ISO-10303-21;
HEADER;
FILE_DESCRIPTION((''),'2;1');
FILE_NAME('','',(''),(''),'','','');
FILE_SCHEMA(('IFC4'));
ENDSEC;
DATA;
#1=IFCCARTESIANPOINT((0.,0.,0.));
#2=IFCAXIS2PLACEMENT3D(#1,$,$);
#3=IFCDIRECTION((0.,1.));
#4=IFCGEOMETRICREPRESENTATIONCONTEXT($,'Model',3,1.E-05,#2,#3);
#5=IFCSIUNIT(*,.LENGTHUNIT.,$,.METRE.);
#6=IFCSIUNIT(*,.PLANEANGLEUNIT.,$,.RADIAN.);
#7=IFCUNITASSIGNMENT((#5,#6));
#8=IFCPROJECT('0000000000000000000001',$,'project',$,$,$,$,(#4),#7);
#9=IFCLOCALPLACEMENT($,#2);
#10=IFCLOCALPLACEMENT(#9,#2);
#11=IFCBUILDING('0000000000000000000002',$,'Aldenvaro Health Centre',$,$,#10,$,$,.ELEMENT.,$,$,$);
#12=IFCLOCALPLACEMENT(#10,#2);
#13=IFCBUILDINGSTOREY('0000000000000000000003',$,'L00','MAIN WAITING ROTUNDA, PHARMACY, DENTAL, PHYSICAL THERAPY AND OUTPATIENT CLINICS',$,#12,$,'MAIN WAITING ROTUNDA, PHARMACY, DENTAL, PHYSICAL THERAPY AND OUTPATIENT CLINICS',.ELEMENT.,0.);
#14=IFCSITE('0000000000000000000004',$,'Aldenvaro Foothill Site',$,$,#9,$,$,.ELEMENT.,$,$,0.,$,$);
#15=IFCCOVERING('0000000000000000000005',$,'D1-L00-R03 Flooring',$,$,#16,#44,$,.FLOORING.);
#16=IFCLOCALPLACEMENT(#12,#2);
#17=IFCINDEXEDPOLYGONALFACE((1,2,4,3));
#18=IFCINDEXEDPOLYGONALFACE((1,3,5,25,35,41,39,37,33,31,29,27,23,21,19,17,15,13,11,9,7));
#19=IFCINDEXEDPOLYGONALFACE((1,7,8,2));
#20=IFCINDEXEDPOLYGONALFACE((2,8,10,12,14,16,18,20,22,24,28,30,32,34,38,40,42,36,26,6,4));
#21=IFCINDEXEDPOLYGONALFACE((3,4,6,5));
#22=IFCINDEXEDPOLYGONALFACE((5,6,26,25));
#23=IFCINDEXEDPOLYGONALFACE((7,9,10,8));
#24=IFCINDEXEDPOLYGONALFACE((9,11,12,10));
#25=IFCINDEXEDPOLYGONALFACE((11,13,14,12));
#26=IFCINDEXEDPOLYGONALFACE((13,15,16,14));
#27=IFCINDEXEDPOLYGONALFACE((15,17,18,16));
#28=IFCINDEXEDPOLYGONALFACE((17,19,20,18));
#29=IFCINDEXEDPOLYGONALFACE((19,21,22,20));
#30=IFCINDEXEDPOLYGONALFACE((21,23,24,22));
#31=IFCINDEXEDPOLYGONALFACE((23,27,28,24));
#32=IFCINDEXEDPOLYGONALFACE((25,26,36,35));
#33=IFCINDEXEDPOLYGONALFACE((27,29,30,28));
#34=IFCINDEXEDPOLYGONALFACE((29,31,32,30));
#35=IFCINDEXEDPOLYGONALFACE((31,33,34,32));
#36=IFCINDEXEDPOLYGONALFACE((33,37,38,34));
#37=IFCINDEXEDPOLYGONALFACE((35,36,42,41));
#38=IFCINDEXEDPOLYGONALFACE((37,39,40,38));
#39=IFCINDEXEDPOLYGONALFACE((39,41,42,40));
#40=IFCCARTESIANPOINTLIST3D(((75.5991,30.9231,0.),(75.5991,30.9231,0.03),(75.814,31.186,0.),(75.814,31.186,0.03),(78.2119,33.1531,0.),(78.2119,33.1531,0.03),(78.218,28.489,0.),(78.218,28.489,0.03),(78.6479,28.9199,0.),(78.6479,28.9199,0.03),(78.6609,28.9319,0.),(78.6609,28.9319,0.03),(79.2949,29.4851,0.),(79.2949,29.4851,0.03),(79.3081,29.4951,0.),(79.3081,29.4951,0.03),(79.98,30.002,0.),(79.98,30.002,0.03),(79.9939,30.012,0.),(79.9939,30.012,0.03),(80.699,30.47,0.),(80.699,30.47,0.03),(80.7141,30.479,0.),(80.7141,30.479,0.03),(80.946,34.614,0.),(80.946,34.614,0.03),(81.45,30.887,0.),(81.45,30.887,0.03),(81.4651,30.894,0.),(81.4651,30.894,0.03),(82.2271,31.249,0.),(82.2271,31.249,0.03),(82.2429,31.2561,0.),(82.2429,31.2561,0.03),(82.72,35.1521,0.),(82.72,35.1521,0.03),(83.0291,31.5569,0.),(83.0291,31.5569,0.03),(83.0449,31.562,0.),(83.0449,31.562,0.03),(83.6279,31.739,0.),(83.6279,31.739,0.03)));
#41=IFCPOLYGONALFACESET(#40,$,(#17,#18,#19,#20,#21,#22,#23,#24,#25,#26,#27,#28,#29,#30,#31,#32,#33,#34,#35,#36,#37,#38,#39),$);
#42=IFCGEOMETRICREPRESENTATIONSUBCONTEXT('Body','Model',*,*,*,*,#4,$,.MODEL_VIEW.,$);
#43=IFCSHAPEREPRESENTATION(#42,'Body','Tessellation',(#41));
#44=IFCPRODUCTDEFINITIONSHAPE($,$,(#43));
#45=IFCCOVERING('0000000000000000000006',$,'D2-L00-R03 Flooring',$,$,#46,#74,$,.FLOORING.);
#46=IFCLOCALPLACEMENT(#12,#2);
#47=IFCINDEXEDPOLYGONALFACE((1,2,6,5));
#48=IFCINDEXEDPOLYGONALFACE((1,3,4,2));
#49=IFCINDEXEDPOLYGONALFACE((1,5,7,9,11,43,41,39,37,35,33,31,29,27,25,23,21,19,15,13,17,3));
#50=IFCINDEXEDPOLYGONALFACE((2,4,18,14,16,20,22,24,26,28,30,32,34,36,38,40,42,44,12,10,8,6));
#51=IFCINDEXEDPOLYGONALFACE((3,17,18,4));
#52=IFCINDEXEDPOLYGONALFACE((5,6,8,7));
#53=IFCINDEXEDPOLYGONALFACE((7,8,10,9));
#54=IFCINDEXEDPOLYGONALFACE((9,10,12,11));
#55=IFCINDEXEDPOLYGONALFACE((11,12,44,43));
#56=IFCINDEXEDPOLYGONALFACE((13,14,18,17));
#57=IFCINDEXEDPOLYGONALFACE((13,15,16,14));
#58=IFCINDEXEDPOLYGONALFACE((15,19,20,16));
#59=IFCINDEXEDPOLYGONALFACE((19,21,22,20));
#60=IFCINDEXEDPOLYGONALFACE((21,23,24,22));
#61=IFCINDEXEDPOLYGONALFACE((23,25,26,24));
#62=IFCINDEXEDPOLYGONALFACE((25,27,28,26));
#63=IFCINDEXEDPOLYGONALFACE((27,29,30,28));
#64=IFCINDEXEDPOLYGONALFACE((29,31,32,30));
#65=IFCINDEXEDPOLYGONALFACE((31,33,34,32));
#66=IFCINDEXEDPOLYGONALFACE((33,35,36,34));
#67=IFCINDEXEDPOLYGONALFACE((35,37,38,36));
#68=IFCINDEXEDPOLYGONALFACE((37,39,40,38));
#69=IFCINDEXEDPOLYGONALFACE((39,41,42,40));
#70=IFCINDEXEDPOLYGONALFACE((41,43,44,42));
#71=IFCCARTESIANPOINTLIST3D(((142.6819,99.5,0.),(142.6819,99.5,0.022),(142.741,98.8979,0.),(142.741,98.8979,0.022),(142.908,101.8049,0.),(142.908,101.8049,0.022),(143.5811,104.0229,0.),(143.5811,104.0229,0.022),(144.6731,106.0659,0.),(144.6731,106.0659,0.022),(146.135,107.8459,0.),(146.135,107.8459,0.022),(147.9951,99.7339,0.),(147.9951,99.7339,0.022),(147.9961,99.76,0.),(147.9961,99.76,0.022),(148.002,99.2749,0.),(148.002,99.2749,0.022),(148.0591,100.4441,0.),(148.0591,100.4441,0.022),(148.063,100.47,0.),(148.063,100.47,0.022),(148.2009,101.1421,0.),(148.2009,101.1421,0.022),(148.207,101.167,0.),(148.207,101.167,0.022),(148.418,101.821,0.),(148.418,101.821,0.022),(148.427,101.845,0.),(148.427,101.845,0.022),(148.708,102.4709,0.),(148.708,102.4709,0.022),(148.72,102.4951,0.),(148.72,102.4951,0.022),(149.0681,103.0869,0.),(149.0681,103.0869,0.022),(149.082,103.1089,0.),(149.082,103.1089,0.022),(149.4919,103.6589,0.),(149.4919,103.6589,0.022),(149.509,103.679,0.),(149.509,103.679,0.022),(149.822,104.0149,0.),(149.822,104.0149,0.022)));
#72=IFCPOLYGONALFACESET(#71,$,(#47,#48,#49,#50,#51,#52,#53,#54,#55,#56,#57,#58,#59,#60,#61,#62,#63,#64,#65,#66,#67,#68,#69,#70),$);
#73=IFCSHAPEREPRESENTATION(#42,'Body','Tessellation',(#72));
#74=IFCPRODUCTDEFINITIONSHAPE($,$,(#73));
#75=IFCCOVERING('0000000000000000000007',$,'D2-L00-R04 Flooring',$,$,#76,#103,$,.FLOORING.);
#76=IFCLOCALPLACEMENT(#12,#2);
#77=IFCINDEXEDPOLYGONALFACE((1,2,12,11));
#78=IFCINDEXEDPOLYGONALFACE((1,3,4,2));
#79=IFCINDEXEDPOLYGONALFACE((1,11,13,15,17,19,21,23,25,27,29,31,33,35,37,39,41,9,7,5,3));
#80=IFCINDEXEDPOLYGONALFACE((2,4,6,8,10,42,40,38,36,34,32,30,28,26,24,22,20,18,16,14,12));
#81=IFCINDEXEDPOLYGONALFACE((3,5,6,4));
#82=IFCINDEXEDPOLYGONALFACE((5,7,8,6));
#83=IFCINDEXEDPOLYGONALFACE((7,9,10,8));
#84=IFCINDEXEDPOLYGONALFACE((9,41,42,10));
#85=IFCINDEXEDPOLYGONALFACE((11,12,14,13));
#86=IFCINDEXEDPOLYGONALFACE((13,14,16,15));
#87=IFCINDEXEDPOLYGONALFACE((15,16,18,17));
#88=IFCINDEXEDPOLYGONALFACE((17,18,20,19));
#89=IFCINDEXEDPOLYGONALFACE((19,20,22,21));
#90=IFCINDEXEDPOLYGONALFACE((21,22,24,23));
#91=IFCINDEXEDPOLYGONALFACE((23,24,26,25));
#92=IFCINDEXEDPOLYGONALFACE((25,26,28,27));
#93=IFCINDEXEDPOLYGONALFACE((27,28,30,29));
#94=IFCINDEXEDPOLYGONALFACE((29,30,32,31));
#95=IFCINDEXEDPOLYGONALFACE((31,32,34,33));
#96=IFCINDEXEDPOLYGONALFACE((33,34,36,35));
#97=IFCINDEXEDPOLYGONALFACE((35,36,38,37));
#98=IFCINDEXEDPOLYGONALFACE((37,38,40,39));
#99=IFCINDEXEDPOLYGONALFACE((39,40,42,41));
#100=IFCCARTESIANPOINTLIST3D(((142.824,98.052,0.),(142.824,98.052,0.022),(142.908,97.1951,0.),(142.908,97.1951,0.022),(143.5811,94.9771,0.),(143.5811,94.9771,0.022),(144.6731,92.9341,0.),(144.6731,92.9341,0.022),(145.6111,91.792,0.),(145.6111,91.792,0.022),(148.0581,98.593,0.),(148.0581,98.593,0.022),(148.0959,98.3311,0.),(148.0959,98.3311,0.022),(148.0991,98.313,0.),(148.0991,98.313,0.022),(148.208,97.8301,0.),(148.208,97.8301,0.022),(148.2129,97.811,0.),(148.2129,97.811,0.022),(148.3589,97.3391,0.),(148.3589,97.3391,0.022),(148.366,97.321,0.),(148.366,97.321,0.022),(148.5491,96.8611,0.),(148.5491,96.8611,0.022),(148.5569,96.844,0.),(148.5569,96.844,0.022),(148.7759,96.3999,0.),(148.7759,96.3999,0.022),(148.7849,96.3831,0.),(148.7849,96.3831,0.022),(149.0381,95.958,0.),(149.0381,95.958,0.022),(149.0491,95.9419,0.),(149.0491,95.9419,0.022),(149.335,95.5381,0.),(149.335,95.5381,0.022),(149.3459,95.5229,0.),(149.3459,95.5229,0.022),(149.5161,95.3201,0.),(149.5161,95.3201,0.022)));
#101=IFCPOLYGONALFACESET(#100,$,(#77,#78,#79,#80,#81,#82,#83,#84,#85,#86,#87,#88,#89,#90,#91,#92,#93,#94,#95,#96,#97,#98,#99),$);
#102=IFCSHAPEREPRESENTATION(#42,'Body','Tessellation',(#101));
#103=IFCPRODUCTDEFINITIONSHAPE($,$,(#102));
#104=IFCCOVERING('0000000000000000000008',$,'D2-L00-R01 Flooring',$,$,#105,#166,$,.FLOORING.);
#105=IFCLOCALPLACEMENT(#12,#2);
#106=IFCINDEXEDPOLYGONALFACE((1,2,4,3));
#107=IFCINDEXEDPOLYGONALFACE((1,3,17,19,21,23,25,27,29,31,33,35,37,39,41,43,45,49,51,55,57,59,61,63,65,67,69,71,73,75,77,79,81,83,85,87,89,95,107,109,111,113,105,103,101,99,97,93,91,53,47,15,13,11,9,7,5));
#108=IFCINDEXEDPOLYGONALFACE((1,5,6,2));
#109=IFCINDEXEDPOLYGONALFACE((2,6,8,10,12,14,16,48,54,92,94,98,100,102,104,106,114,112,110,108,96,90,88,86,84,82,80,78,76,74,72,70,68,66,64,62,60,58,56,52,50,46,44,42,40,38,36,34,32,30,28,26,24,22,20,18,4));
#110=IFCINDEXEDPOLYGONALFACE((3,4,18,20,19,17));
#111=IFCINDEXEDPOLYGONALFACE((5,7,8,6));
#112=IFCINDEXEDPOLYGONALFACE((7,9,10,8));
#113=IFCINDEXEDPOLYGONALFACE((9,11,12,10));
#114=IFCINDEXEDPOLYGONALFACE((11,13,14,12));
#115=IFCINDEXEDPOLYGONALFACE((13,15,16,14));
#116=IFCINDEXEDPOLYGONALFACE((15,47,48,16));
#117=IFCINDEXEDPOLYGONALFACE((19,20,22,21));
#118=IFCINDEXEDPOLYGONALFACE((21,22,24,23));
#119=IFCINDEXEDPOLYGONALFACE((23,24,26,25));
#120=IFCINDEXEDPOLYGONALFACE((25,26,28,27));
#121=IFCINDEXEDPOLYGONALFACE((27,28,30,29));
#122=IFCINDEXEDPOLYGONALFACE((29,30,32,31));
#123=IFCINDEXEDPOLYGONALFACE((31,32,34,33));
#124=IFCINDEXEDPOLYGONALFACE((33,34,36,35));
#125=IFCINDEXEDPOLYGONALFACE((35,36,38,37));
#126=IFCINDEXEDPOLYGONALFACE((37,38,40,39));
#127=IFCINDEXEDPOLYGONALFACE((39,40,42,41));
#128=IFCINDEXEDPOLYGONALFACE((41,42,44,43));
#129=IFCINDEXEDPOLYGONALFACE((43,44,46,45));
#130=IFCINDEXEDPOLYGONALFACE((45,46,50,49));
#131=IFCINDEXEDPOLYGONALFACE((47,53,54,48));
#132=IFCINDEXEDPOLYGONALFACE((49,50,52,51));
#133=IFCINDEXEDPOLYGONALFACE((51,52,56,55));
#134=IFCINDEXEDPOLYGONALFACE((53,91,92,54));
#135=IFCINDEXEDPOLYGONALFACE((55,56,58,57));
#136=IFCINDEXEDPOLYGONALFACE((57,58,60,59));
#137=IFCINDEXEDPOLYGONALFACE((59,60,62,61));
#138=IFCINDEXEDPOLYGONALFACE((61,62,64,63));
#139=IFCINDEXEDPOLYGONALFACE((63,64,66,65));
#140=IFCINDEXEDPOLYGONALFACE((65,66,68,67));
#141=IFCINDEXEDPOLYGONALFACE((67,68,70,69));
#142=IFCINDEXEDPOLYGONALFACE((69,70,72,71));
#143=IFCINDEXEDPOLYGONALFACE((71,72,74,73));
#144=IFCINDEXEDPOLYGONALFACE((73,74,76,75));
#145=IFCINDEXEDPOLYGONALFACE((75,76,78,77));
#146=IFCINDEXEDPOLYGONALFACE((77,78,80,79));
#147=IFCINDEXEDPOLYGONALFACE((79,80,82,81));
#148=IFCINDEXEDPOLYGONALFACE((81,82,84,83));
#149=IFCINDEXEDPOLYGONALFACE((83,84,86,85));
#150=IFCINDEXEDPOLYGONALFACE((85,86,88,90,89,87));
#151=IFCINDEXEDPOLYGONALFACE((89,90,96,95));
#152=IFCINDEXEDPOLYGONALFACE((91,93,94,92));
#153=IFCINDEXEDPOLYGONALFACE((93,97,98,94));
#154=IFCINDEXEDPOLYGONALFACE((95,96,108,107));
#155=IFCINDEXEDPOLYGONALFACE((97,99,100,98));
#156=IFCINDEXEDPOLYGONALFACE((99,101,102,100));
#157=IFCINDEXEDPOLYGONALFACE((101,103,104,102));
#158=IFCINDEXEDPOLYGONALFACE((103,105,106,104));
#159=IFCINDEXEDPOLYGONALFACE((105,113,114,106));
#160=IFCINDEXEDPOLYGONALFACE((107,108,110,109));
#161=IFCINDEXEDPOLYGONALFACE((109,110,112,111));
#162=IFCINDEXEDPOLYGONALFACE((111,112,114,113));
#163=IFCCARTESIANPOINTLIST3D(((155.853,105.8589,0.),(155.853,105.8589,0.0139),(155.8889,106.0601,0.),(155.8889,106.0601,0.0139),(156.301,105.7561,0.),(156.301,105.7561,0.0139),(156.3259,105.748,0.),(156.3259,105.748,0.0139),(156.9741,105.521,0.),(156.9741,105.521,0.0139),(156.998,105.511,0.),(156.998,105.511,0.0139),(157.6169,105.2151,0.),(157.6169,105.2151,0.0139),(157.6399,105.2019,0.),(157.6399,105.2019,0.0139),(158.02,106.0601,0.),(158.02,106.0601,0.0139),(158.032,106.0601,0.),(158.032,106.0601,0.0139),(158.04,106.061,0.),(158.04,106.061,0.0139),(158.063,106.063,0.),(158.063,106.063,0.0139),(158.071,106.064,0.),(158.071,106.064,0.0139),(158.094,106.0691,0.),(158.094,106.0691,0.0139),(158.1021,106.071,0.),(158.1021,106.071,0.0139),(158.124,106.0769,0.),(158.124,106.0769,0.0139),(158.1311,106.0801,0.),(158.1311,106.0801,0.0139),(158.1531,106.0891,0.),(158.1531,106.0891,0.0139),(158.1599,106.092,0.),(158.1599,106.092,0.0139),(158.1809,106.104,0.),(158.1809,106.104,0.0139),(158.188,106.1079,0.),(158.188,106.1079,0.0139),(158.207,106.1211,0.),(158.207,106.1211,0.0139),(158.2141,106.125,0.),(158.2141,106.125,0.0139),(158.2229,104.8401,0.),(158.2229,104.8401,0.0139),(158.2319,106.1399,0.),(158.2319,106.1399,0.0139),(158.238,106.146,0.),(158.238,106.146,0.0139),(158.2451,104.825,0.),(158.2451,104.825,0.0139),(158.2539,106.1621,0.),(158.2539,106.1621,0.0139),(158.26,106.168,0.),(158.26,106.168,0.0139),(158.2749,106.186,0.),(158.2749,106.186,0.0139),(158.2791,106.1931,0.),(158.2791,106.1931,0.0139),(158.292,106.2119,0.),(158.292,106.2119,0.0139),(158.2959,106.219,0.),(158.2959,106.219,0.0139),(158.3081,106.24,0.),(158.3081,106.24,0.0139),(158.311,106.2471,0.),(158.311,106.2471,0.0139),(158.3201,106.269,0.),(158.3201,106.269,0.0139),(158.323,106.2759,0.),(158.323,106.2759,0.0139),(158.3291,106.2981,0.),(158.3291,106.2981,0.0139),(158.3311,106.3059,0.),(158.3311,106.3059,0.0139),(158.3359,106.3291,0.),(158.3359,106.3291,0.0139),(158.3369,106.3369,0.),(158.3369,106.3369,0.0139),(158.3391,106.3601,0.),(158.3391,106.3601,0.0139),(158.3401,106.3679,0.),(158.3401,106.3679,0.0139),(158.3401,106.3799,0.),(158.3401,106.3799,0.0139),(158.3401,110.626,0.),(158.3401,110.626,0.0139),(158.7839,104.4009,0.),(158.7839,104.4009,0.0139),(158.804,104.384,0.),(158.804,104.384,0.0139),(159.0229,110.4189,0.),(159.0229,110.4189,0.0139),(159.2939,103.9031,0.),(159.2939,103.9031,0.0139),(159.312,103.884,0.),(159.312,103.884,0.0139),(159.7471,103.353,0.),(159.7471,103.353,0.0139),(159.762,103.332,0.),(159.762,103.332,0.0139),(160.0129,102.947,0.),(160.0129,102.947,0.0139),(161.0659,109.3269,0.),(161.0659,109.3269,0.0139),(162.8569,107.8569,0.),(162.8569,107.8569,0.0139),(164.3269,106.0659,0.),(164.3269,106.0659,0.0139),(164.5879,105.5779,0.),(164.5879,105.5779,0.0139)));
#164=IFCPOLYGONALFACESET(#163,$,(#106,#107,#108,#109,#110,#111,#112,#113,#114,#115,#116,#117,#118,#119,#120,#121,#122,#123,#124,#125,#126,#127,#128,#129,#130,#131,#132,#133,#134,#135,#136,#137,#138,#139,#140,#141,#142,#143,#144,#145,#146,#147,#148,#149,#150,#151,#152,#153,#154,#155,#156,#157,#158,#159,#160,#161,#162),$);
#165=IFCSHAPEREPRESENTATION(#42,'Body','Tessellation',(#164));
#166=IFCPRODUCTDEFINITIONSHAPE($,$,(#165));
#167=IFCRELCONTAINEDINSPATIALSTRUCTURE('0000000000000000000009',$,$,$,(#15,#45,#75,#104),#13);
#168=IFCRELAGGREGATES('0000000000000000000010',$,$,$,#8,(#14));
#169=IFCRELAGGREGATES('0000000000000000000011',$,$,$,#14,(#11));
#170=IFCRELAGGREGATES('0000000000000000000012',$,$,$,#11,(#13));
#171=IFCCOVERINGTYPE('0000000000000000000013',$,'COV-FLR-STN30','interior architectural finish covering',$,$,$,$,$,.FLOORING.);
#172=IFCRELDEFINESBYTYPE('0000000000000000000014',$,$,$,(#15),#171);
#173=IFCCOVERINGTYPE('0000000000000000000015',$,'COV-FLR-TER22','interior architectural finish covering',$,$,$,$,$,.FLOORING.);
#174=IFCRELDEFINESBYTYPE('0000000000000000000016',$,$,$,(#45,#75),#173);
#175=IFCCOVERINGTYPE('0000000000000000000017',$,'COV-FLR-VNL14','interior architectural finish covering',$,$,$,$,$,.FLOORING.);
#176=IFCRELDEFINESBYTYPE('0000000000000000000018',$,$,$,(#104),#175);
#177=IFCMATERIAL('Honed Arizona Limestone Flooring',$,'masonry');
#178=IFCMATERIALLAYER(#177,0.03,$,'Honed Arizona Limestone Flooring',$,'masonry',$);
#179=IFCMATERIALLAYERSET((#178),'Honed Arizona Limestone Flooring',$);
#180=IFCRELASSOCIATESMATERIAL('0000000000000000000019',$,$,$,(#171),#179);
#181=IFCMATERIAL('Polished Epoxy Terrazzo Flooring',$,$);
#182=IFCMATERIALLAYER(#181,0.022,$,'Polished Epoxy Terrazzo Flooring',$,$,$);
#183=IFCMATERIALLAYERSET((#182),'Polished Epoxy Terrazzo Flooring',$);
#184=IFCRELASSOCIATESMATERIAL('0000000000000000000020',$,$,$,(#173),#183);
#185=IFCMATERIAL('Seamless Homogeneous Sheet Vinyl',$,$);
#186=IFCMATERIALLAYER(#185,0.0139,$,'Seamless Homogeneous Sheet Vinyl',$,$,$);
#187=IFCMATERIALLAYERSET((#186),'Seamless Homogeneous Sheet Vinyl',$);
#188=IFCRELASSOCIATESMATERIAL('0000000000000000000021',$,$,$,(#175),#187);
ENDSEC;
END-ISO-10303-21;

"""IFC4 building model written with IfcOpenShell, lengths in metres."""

from ifc_helpers import new_model, si_unit, direction, origin, place, context, subcontext, project, spatial, polyline, outline, extrude, material, layer, layer_set, type_object, element, save


model = new_model("IFC4")

# Units and contexts
model_context = context("Model", 3, precision=1e-05, world=origin(), true_north=direction((0.0, 1.0)))
body_context = subcontext(model_context, "Body", "Model", "MODEL_VIEW")
ifc_project = project(units=[si_unit("LENGTHUNIT", "METRE"), si_unit("PLANEANGLEUNIT", "RADIAN")], contexts=[model_context])

# Site, building, storey
site_placement = place(None, origin())
site = spatial("IfcSite", under=ifc_project, at=site_placement, Name="Aldenvaro Foothill Site", CompositionType="ELEMENT", RefElevation=0.0)
building_placement = place(site_placement, origin())
building = spatial("IfcBuilding", under=site, at=building_placement, Name="Aldenvaro Health Centre", CompositionType="ELEMENT")
storey_placement = place(building_placement, origin())
storey = spatial("IfcBuildingStorey", under=building, at=storey_placement, Name="L00", Description="MAIN WAITING ROTUNDA, PHARMACY, DENTAL, PHYSICAL THERAPY AND OUTPATIENT CLINICS", LongName="MAIN WAITING ROTUNDA, PHARMACY, DENTAL, PHYSICAL THERAPY AND OUTPATIENT CLINICS", CompositionType="ELEMENT", Elevation=0.0)

# Coverings
ifc_material_1 = material(Name="Honed Arizona Limestone Flooring", Category="masonry")
ifc_layer_1 = layer(ifc_material_1, 0.03, Name="Honed Arizona Limestone Flooring", Category="masonry")
ifc_layer_set_1 = layer_set([ifc_layer_1], Name="Honed Arizona Limestone Flooring")
covering_type_1 = type_object("IfcCoveringType", Name="COV-FLR-STN30", Description="interior architectural finish covering", PredefinedType="FLOORING", material=ifc_layer_set_1)
covering_1_placement = place(storey_placement, origin())
element("IfcCovering", 1, at=covering_1_placement, inside=storey, type_object=covering_type_1, Name="D1-L00-R03 Flooring", PredefinedType="FLOORING", context=body_context, shape_type="SweptSolid", body=[
    extrude(outline(polyline([(83.0449, 31.562), (83.0291, 31.5569), (82.2429, 31.2561), (82.2271, 31.249), (81.4651, 30.894), (81.45, 30.887), (80.7141, 30.479), (80.699, 30.47), (79.9939, 30.012), (79.98, 30.002), (79.3081, 29.4951), (79.2949, 29.4851), (78.6609, 28.9319), (78.6479, 28.9199), (78.218, 28.489), (75.5991, 30.9231), (75.814, 31.186), (78.2119, 33.1531), (80.946, 34.614), (82.72, 35.1521), (83.6279, 31.739), (83.0449, 31.562)])), origin(), (0.0, 0.0, 1.0), 0.03),
])
ifc_material_2 = material(Name="Polished Epoxy Terrazzo Flooring")
ifc_layer_2 = layer(ifc_material_2, 0.022, Name="Polished Epoxy Terrazzo Flooring")
ifc_layer_set_2 = layer_set([ifc_layer_2], Name="Polished Epoxy Terrazzo Flooring")
covering_type_2 = type_object("IfcCoveringType", Name="COV-FLR-TER22", Description="interior architectural finish covering", PredefinedType="FLOORING", material=ifc_layer_set_2)
covering_2_placement = place(storey_placement, origin())
element("IfcCovering", 2, at=covering_2_placement, inside=storey, type_object=covering_type_2, Name="D2-L00-R03 Flooring", PredefinedType="FLOORING", context=body_context, shape_type="SweptSolid", body=[
    extrude(outline(polyline([(146.135, 107.8459), (149.822, 104.0149), (149.509, 103.679), (149.4919, 103.6589), (149.082, 103.1089), (149.0681, 103.0869), (148.72, 102.4951), (148.708, 102.4709), (148.427, 101.845), (148.418, 101.821), (148.207, 101.167), (148.2009, 101.1421), (148.063, 100.47), (148.0591, 100.4441), (147.9961, 99.76), (147.9951, 99.7339), (148.002, 99.2749), (142.741, 98.8979), (142.6819, 99.5), (142.908, 101.8049), (143.5811, 104.0229), (144.6731, 106.0659), (146.135, 107.8459)])), origin(), (0.0, 0.0, 1.0), 0.022),
])
covering_3_placement = place(storey_placement, origin())
element("IfcCovering", 3, at=covering_3_placement, inside=storey, type_object=covering_type_2, Name="D2-L00-R04 Flooring", PredefinedType="FLOORING", context=body_context, shape_type="SweptSolid", body=[
    extrude(outline(polyline([(148.0959, 98.3311), (148.0991, 98.313), (148.208, 97.8301), (148.2129, 97.811), (148.3589, 97.3391), (148.366, 97.321), (148.5491, 96.8611), (148.5569, 96.844), (148.7759, 96.3999), (148.7849, 96.3831), (149.0381, 95.958), (149.0491, 95.9419), (149.335, 95.5381), (149.3459, 95.5229), (149.5161, 95.3201), (145.6111, 91.792), (144.6731, 92.9341), (143.5811, 94.9771), (142.908, 97.1951), (142.824, 98.052), (148.0581, 98.593), (148.0959, 98.3311)])), origin(), (0.0, 0.0, 1.0), 0.022),
])
ifc_material_3 = material(Name="Seamless Homogeneous Sheet Vinyl")
ifc_layer_3 = layer(ifc_material_3, 0.0139, Name="Seamless Homogeneous Sheet Vinyl")
ifc_layer_set_3 = layer_set([ifc_layer_3], Name="Seamless Homogeneous Sheet Vinyl")
covering_type_3 = type_object("IfcCoveringType", Name="COV-FLR-VNL14", Description="interior architectural finish covering", PredefinedType="FLOORING", material=ifc_layer_set_3)
covering_4_placement = place(storey_placement, origin())
element("IfcCovering", 4, at=covering_4_placement, inside=storey, type_object=covering_type_3, Name="D2-L00-R01 Flooring", PredefinedType="FLOORING", context=body_context, shape_type="SweptSolid", body=[
    extrude(outline(polyline([(159.762, 103.332), (159.7471, 103.353), (159.312, 103.884), (159.2939, 103.9031), (158.804, 104.384), (158.7839, 104.4009), (158.2451, 104.825), (158.2229, 104.8401), (157.6399, 105.2019), (157.6169, 105.2151), (156.998, 105.511), (156.9741, 105.521), (156.3259, 105.748), (156.301, 105.7561), (155.853, 105.8589), (155.8889, 106.0601), (158.02, 106.0601), (158.032, 106.0601), (158.04, 106.061), (158.063, 106.063), (158.071, 106.064), (158.094, 106.0691), (158.1021, 106.071), (158.124, 106.0769), (158.1311, 106.0801), (158.1531, 106.0891), (158.1599, 106.092), (158.1809, 106.104), (158.188, 106.1079), (158.207, 106.1211), (158.2141, 106.125), (158.2319, 106.1399), (158.238, 106.146), (158.2539, 106.1621), (158.26, 106.168), (158.2749, 106.186), (158.2791, 106.1931), (158.292, 106.2119), (158.2959, 106.219), (158.3081, 106.24), (158.311, 106.2471), (158.3201, 106.269), (158.323, 106.2759), (158.3291, 106.2981), (158.3311, 106.3059), (158.3359, 106.3291), (158.3369, 106.3369), (158.3391, 106.3601), (158.3401, 106.3679), (158.3401, 106.3799), (158.3401, 110.626), (159.0229, 110.4189), (161.0659, 109.3269), (162.8569, 107.8569), (164.3269, 106.0659), (164.5879, 105.5779), (160.0129, 102.947), (159.762, 103.332)])), origin(), (0.0, 0.0, 1.0), 0.0139),
])

save(model, "model.ifc")
